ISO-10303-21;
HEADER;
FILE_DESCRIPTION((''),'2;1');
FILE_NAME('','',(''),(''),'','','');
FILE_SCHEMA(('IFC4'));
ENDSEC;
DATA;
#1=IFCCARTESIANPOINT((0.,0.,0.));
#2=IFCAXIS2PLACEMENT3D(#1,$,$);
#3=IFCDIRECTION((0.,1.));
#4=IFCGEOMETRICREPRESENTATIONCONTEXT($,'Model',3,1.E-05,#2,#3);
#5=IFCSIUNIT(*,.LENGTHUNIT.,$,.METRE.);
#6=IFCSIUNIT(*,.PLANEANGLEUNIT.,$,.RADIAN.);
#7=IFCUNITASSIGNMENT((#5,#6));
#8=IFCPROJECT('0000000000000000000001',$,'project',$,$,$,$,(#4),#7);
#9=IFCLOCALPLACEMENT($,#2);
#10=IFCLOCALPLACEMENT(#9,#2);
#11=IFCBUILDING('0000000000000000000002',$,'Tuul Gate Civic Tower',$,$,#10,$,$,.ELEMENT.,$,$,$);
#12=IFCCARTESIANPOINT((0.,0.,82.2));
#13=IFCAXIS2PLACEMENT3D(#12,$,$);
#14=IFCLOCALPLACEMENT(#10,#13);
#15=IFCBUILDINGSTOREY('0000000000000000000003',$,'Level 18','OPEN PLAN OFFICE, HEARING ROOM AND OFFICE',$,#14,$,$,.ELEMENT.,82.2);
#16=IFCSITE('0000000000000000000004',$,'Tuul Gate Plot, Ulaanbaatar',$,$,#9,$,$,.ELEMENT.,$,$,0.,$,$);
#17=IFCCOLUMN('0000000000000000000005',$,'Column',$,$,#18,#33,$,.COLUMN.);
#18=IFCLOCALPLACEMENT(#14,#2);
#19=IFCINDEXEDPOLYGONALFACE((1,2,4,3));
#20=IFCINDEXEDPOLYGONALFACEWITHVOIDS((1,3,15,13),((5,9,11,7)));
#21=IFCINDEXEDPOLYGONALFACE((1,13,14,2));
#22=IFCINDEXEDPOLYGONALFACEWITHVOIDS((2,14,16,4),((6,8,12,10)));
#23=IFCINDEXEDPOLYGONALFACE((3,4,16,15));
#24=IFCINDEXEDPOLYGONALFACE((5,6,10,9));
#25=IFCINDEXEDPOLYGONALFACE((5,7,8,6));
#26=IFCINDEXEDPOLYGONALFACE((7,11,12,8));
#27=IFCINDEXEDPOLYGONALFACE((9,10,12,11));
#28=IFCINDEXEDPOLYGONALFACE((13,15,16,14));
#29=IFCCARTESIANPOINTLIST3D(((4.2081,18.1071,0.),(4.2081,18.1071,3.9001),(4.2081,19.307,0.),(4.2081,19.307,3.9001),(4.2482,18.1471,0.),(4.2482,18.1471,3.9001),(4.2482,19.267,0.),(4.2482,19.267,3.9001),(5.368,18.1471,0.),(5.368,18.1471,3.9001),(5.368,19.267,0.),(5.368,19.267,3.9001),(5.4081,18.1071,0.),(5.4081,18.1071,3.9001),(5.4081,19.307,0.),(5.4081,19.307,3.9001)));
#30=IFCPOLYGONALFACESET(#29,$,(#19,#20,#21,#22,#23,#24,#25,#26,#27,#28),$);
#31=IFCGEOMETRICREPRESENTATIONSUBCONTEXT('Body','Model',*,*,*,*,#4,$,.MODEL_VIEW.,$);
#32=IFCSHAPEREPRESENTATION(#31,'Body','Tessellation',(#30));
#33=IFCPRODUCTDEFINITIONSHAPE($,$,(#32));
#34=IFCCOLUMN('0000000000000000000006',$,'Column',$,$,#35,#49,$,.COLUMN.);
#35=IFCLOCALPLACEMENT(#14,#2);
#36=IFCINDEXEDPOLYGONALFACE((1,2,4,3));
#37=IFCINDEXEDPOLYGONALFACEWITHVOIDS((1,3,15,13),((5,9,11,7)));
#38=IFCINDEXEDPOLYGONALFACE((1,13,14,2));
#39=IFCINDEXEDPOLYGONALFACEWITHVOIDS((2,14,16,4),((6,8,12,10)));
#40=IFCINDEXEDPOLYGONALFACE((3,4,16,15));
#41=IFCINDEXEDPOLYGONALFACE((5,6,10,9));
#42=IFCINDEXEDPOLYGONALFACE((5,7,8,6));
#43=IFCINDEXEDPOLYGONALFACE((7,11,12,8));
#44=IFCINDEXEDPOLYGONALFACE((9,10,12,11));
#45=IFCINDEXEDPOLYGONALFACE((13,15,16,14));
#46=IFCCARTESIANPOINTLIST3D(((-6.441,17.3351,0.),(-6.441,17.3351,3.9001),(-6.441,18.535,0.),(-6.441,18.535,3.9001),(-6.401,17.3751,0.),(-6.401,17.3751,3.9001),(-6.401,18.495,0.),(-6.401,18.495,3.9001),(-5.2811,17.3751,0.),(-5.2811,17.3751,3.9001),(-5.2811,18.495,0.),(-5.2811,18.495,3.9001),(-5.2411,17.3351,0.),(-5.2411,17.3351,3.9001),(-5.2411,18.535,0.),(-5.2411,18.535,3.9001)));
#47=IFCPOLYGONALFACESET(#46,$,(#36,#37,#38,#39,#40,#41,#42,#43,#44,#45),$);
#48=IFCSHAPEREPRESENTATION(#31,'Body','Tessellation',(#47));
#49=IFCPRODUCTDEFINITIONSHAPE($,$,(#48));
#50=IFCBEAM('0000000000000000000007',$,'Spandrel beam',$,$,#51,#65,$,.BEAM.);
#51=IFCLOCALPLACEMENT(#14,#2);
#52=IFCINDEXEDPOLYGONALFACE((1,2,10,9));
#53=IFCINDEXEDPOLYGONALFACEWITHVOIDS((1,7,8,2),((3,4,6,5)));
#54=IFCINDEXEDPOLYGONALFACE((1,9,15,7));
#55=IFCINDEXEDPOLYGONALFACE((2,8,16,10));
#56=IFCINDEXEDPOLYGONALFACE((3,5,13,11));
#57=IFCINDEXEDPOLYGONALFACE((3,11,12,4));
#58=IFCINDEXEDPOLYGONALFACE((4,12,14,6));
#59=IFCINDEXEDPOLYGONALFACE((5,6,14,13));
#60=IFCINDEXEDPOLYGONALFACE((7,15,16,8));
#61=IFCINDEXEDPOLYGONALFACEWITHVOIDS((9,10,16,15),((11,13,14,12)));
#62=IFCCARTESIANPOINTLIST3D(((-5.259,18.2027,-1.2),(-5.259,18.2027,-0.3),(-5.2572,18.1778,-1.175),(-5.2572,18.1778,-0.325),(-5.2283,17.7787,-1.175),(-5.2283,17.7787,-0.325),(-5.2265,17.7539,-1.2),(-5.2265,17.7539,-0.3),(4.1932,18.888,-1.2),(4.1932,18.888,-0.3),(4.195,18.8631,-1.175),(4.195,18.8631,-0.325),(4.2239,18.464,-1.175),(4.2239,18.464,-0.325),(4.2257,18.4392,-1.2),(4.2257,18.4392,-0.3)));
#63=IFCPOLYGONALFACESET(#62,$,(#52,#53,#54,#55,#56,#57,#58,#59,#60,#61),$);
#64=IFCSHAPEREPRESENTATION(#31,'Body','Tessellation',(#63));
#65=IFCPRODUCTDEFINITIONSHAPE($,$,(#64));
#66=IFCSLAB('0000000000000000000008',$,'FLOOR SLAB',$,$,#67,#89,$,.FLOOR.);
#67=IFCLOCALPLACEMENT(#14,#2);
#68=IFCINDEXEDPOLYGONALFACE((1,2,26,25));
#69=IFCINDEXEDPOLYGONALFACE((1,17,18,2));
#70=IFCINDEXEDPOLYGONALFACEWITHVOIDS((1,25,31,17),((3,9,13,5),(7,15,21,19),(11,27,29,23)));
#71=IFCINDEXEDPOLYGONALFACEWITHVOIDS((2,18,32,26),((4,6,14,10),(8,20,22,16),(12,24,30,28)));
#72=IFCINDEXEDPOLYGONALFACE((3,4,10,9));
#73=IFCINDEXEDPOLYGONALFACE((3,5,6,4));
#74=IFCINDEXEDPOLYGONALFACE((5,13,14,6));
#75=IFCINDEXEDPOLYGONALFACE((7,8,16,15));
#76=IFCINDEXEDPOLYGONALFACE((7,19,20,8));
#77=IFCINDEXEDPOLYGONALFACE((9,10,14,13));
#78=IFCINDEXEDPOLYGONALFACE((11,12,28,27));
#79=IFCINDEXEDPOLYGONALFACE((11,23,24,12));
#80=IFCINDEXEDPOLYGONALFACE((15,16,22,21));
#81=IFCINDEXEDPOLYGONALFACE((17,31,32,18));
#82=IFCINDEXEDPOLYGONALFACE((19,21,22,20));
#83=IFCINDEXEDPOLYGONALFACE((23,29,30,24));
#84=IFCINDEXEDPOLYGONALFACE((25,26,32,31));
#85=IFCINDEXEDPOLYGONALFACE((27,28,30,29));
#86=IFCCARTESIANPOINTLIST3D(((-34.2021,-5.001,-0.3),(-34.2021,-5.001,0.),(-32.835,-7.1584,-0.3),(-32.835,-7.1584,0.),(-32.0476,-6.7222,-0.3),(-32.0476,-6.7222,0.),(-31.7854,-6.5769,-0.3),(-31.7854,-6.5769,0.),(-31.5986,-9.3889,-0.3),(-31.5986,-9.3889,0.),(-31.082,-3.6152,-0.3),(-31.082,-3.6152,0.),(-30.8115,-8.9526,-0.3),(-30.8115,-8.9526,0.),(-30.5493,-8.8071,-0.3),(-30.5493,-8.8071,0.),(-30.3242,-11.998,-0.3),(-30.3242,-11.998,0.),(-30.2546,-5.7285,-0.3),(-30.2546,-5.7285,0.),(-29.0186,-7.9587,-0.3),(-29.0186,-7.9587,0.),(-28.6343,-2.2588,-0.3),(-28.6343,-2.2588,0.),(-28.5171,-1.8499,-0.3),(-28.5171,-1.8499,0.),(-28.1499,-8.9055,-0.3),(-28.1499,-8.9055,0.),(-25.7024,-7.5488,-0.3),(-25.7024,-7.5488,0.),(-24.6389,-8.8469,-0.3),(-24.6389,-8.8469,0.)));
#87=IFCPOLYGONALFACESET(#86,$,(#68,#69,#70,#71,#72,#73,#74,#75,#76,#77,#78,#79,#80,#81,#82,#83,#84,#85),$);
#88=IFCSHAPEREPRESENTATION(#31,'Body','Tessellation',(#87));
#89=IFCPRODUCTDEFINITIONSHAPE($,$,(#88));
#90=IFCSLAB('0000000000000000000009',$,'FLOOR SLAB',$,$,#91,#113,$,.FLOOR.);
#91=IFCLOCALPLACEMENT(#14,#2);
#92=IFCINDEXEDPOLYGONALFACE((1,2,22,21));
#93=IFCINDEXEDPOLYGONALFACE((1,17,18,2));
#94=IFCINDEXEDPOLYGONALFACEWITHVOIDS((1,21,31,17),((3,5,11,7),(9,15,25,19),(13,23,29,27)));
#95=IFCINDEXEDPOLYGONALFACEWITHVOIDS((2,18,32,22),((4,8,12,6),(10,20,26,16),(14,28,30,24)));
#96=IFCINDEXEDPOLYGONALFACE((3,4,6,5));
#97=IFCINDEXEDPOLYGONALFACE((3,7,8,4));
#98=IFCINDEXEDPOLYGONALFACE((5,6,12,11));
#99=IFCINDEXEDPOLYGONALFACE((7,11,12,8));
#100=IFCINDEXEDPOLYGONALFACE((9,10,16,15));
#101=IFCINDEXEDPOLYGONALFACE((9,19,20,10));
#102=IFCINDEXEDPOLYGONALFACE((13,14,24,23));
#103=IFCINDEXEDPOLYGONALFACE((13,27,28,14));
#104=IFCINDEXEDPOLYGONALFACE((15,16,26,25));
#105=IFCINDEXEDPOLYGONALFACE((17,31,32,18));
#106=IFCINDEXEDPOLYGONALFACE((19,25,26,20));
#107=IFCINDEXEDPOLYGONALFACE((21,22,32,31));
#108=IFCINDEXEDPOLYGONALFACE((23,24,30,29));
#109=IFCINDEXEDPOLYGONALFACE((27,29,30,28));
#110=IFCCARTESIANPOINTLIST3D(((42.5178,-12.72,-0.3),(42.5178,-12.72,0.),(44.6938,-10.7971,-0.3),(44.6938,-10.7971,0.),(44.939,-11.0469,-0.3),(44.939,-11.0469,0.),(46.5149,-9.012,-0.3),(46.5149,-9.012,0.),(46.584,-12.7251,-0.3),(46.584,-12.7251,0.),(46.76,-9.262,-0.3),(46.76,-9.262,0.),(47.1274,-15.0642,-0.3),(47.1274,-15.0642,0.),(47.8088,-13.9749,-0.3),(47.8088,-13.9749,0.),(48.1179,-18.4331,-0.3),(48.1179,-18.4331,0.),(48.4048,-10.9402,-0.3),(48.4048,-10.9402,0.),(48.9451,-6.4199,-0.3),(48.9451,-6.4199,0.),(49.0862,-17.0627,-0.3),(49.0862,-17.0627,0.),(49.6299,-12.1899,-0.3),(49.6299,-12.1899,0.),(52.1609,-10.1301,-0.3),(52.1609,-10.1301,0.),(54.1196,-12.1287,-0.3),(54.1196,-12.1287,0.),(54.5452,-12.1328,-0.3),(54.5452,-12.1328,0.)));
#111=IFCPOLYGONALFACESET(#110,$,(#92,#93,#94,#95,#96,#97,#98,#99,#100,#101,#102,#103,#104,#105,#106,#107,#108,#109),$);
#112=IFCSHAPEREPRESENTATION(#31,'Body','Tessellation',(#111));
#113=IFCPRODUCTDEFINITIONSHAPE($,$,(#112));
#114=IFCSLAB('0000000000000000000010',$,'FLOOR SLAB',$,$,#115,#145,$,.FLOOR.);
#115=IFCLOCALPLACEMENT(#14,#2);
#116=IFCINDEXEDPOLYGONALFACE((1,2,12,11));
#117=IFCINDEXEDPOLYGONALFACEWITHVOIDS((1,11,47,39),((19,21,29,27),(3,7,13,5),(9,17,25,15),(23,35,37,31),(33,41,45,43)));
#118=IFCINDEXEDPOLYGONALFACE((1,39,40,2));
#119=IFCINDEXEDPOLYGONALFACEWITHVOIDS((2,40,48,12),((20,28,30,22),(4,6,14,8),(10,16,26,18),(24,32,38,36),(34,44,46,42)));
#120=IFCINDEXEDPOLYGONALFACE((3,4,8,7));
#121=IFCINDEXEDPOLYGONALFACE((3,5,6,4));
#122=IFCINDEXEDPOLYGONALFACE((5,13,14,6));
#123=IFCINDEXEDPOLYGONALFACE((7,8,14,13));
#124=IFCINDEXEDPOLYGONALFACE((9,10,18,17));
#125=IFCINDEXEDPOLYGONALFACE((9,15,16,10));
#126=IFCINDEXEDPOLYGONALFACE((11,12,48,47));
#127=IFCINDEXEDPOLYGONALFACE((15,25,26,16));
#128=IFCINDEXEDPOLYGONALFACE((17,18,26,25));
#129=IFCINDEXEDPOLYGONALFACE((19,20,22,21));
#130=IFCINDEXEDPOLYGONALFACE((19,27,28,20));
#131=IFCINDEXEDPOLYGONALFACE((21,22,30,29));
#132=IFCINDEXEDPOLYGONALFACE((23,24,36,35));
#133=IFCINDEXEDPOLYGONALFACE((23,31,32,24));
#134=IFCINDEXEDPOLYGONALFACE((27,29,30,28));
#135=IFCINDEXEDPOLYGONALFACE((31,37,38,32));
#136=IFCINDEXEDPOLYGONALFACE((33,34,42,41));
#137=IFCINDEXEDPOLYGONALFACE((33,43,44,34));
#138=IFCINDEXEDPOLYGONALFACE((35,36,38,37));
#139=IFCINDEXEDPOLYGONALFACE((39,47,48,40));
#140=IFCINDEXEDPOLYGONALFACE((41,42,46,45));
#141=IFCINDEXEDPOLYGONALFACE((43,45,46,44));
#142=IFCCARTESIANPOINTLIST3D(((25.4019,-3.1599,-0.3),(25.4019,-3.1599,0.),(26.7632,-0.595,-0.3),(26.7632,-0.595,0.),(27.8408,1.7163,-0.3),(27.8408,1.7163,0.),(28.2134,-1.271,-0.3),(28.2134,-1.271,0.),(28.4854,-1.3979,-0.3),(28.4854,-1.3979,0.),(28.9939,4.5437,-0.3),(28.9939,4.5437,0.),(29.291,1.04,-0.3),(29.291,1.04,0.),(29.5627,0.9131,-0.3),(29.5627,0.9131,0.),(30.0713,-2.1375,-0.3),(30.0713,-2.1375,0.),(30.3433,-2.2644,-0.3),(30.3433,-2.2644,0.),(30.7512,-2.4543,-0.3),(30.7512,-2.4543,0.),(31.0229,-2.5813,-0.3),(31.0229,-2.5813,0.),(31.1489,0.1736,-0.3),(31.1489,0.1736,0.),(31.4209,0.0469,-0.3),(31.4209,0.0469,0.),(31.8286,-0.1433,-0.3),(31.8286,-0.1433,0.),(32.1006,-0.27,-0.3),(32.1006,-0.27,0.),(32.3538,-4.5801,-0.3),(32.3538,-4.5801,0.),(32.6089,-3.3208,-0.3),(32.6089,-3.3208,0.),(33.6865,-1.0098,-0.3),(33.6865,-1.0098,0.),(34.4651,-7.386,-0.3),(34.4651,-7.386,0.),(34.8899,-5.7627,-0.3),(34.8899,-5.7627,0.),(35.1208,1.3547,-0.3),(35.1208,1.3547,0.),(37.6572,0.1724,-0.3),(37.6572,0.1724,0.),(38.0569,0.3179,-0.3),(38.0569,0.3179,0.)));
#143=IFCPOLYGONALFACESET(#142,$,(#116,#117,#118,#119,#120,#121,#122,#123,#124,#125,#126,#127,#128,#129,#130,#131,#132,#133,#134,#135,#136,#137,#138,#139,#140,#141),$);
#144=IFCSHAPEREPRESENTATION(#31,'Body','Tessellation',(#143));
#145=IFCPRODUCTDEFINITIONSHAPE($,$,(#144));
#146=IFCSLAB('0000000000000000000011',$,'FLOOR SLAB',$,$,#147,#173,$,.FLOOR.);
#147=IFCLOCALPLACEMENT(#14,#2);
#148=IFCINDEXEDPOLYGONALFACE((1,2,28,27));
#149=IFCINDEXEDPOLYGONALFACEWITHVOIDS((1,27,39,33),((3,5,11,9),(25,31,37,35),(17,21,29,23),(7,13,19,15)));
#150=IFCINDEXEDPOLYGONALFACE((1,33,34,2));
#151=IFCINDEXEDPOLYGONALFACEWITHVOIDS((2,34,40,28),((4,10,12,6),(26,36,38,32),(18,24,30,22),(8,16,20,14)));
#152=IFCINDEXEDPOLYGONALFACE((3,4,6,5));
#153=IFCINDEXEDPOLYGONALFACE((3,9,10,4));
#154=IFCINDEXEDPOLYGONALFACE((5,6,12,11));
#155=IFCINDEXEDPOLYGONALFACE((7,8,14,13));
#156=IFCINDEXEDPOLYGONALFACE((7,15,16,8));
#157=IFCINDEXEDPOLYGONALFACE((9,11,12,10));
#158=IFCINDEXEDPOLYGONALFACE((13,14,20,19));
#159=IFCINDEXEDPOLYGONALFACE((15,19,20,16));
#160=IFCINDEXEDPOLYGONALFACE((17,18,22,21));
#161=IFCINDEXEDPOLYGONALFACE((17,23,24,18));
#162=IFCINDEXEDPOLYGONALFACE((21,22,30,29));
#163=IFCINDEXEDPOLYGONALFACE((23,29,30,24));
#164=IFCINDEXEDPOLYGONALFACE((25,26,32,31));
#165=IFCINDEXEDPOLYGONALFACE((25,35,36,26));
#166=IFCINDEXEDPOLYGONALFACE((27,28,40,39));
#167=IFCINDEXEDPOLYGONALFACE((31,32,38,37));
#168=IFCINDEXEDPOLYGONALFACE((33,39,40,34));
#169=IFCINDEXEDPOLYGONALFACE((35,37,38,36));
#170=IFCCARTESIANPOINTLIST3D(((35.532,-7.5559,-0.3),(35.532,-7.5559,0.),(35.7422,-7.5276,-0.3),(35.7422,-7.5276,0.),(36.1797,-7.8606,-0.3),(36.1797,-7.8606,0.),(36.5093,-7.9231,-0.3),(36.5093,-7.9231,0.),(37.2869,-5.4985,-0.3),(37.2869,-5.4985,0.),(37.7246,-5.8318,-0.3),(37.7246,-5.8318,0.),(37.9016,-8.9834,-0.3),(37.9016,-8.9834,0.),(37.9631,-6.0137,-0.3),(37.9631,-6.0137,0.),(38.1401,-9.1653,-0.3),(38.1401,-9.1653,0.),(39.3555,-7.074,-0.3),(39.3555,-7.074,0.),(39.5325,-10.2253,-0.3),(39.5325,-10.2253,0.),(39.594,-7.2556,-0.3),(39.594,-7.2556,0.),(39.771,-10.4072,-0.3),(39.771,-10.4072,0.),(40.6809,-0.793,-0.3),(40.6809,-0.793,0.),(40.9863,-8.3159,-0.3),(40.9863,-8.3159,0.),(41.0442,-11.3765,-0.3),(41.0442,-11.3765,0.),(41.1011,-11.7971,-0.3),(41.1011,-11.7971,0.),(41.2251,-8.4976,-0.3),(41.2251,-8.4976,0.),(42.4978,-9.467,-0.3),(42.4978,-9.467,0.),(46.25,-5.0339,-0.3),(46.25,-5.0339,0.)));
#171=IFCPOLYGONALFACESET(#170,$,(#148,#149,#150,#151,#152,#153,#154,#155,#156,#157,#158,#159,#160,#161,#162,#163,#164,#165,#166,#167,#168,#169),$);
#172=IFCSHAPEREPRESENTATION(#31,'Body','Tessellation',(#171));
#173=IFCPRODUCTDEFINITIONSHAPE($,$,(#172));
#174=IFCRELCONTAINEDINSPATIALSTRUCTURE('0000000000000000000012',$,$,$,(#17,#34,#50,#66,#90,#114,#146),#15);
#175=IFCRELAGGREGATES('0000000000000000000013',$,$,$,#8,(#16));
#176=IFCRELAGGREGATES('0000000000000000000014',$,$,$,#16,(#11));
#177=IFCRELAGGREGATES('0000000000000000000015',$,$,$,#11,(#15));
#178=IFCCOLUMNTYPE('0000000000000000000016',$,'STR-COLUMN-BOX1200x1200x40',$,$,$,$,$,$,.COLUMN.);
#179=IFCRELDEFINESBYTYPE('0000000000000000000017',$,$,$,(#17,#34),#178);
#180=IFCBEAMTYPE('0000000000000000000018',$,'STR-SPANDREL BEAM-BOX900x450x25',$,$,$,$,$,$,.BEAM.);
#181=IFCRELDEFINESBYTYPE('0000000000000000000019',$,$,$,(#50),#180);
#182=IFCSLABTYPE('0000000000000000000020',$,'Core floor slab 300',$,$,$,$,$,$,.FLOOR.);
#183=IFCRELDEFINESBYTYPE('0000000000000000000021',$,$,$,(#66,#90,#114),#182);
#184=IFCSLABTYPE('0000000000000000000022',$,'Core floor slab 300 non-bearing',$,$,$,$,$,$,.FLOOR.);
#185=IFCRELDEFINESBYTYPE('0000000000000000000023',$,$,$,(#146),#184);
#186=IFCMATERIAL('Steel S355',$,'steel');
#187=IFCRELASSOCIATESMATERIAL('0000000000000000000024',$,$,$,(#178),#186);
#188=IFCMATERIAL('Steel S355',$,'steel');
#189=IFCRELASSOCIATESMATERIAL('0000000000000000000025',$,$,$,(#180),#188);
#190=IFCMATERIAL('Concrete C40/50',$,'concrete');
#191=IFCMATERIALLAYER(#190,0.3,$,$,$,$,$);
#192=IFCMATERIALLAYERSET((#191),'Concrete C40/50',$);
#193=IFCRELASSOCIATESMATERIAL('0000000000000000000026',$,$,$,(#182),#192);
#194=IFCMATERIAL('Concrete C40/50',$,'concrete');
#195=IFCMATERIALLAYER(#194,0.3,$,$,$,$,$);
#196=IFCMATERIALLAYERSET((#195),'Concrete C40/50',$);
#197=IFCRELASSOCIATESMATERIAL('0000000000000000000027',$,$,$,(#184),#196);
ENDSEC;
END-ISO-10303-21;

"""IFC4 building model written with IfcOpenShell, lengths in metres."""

from ifc_helpers import new_model, si_unit, direction, frame, origin, origin_2d, place, context, subcontext, project, spatial, polyline, hollow_rectangle, outline, extrude, material, layer, layer_set, material_profile, profile_set, type_object, element, save


model = new_model("IFC4")

# Units and contexts
model_context = context("Model", 3, precision=1e-05, world=origin(), true_north=direction((0.0, 1.0)))
body_context = subcontext(model_context, "Body", "Model", "MODEL_VIEW")
ifc_project = project(units=[si_unit("LENGTHUNIT", "METRE"), si_unit("PLANEANGLEUNIT", "RADIAN")], contexts=[model_context])

# Site, building, storey
site_placement = place(None, origin())
site = spatial("IfcSite", under=ifc_project, at=site_placement, Name="Tuul Gate Plot, Ulaanbaatar", CompositionType="ELEMENT", RefElevation=0.0)
building_placement = place(site_placement, origin())
building = spatial("IfcBuilding", under=site, at=building_placement, Name="Tuul Gate Civic Tower", CompositionType="ELEMENT")
storey_placement = place(building_placement, frame((0.0, 0.0, 82.2)))
storey = spatial("IfcBuildingStorey", under=building, at=storey_placement, Name="Level 18", Description="OPEN PLAN OFFICE, HEARING ROOM AND OFFICE", CompositionType="ELEMENT", Elevation=82.2)

# Columns
ifc_material_1 = material(Name="Steel S355", Category="steel")
ifc_material_profile_1 = material_profile(ifc_material_1, hollow_rectangle(XDim=1.2, YDim=1.2, WallThickness=0.04, at=origin_2d()), Name="BOX1200x1200x40")
ifc_profile_set_1 = profile_set([ifc_material_profile_1], Name="Steel S355")
column_type = type_object("IfcColumnType", Name="STR-COLUMN-BOX1200x1200x40", PredefinedType="COLUMN", material=ifc_profile_set_1)
for number, where, z_axis, x_axis, name in (
    (1, (4.8081, 18.707, 0.0), (0.0, 0.0, 1.0), (1.0, 0.0, 0.0), "Column"),
    (2, (-5.8411, 17.9351, 0.0), (0.0, 0.0, 1.0), (1.0, 0.0, 0.0), "Column"),
):
    element("IfcColumn", number, at=place(storey_placement, frame(where, z_axis=z_axis, x_axis=x_axis)), inside=storey, type_object=column_type, Name=name, PredefinedType="COLUMN", context=body_context, shape_type="SweptSolid", body=[
        extrude(hollow_rectangle(XDim=1.2, YDim=1.2, WallThickness=0.04, at=origin_2d()), origin(), (0.0, 0.0, 1.0), 3.9001),
    ])

# Beam
ifc_material_2 = material(Name="Steel S355", Category="steel")
ifc_material_profile_2 = material_profile(ifc_material_2, hollow_rectangle(XDim=0.45, YDim=0.8999, WallThickness=0.0249, at=origin_2d()), Name="BOX900x450x25")
ifc_profile_set_2 = profile_set([ifc_material_profile_2], Name="Steel S355")
beam_type = type_object("IfcBeamType", Name="STR-SPANDREL BEAM-BOX900x450x25", PredefinedType="BEAM", material=ifc_profile_set_2)
beam_placement = place(storey_placement, frame((4.2095, 18.6636, -0.75), z_axis=(-0.997382, -0.072313, 0.0), x_axis=(0.072313, -0.997382, 0.0)))
element("IfcBeam", 3, at=beam_placement, inside=storey, type_object=beam_type, Name="Spandrel beam", PredefinedType="BEAM", context=body_context, shape_type="SweptSolid", body=[
    extrude(hollow_rectangle(XDim=0.45, YDim=0.8999, WallThickness=0.0249, at=origin_2d()), origin(), (0.0, 0.0, 1.0), 9.4771),
])

# Slabs
ifc_material_3 = material(Name="Concrete C40/50", Category="concrete")
ifc_layer_1 = layer(ifc_material_3, 0.3)
ifc_layer_set_1 = layer_set([ifc_layer_1], Name="Concrete C40/50")
slab_type_1 = type_object("IfcSlabType", Name="Core floor slab 300", PredefinedType="FLOOR", material=ifc_layer_set_1)
slab_1_placement = place(storey_placement, frame((0.0, 0.0, -0.3)))
element("IfcSlab", 4, at=slab_1_placement, inside=storey, type_object=slab_type_1, Name="FLOOR SLAB", PredefinedType="FLOOR", context=body_context, shape_type="SweptSolid", body=[
    extrude(outline(polyline([(-24.6389, -8.8469), (-28.5171, -1.8499), (-34.2021, -5.001), (-30.3242, -11.998), (-24.6389, -8.8469)]), holes=[polyline([(-29.0186, -7.9587), (-30.2546, -5.7285), (-31.7854, -6.5769), (-30.5493, -8.8071), (-29.0186, -7.9587)]), polyline([(-30.8115, -8.9526), (-32.0476, -6.7222), (-32.835, -7.1584), (-31.5986, -9.3889), (-30.8115, -8.9526)]), polyline([(-25.7024, -7.5488), (-28.1499, -8.9055), (-31.082, -3.6152), (-28.6343, -2.2588), (-25.7024, -7.5488)])]), origin(), (0.0, 0.0, 1.0), 0.3),
])
slab_2_placement = place(storey_placement, frame((0.0, 0.0, -0.3)))
element("IfcSlab", 5, at=slab_2_placement, inside=storey, type_object=slab_type_1, Name="FLOOR SLAB", PredefinedType="FLOOR", context=body_context, shape_type="SweptSolid", body=[
    extrude(outline(polyline([(48.1179, -18.4331), (54.5452, -12.1328), (48.9451, -6.4199), (42.5178, -12.72), (48.1179, -18.4331)]), holes=[polyline([(47.8088, -13.9749), (49.6299, -12.1899), (48.4048, -10.9402), (46.584, -12.7251), (47.8088, -13.9749)]), polyline([(44.939, -11.0469), (46.76, -9.262), (46.5149, -9.012), (44.6938, -10.7971), (44.939, -11.0469)]), polyline([(49.0862, -17.0627), (47.1274, -15.0642), (52.1609, -10.1301), (54.1196, -12.1287), (49.0862, -17.0627)])]), origin(), (0.0, 0.0, 1.0), 0.3),
])
slab_3_placement = place(storey_placement, frame((0.0, 0.0, -0.3)))
element("IfcSlab", 6, at=slab_3_placement, inside=storey, type_object=slab_type_1, Name="FLOOR SLAB", PredefinedType="FLOOR", context=body_context, shape_type="SweptSolid", body=[
    extrude(outline(polyline([(34.4651, -7.386), (38.0569, 0.3179), (28.9939, 4.5437), (25.4019, -3.1599), (34.4651, -7.386)]), holes=[polyline([(32.6089, -3.3208), (33.6865, -1.0098), (32.1006, -0.27), (31.0229, -2.5813), (32.6089, -3.3208)]), polyline([(30.0713, -2.1375), (31.1489, 0.1736), (29.5627, 0.9131), (28.4854, -1.3979), (30.0713, -2.1375)]), polyline([(30.7512, -2.4543), (31.8286, -0.1433), (31.4209, 0.0469), (30.3433, -2.2644), (30.7512, -2.4543)]), polyline([(28.2134, -1.271), (29.291, 1.04), (27.8408, 1.7163), (26.7632, -0.595), (28.2134, -1.271)]), polyline([(34.8899, -5.7627), (32.3538, -4.5801), (35.1208, 1.3547), (37.6572, 0.1724), (34.8899, -5.7627)])]), origin(), (0.0, 0.0, 1.0), 0.3),
])
ifc_material_4 = material(Name="Concrete C40/50", Category="concrete")
ifc_layer_2 = layer(ifc_material_4, 0.3)
ifc_layer_set_2 = layer_set([ifc_layer_2], Name="Concrete C40/50")
slab_type_2 = type_object("IfcSlabType", Name="Core floor slab 300 non-bearing", PredefinedType="FLOOR", material=ifc_layer_set_2)
slab_4_placement = place(storey_placement, frame((0.0, 0.0, -0.3)))
element("IfcSlab", 7, at=slab_4_placement, inside=storey, type_object=slab_type_2, Name="FLOOR SLAB", PredefinedType="FLOOR", context=body_context, shape_type="SweptSolid", body=[
    extrude(outline(polyline([(41.1011, -11.7971), (46.25, -5.0339), (40.6809, -0.793), (35.532, -7.5559), (41.1011, -11.7971)]), holes=[polyline([(41.0442, -11.3765), (42.4978, -9.467), (41.2251, -8.4976), (39.771, -10.4072), (41.0442, -11.3765)]), polyline([(39.5325, -10.2253), (40.9863, -8.3159), (39.594, -7.2556), (38.1401, -9.1653), (39.5325, -10.2253)]), polyline([(37.9016, -8.9834), (39.3555, -7.074), (37.9631, -6.0137), (36.5093, -7.9231), (37.9016, -8.9834)]), polyline([(36.1797, -7.8606), (37.7246, -5.8318), (37.2869, -5.4985), (35.7422, -7.5276), (36.1797, -7.8606)])]), origin(), (0.0, 0.0, 1.0), 0.3),
])

save(model, "model.ifc")
